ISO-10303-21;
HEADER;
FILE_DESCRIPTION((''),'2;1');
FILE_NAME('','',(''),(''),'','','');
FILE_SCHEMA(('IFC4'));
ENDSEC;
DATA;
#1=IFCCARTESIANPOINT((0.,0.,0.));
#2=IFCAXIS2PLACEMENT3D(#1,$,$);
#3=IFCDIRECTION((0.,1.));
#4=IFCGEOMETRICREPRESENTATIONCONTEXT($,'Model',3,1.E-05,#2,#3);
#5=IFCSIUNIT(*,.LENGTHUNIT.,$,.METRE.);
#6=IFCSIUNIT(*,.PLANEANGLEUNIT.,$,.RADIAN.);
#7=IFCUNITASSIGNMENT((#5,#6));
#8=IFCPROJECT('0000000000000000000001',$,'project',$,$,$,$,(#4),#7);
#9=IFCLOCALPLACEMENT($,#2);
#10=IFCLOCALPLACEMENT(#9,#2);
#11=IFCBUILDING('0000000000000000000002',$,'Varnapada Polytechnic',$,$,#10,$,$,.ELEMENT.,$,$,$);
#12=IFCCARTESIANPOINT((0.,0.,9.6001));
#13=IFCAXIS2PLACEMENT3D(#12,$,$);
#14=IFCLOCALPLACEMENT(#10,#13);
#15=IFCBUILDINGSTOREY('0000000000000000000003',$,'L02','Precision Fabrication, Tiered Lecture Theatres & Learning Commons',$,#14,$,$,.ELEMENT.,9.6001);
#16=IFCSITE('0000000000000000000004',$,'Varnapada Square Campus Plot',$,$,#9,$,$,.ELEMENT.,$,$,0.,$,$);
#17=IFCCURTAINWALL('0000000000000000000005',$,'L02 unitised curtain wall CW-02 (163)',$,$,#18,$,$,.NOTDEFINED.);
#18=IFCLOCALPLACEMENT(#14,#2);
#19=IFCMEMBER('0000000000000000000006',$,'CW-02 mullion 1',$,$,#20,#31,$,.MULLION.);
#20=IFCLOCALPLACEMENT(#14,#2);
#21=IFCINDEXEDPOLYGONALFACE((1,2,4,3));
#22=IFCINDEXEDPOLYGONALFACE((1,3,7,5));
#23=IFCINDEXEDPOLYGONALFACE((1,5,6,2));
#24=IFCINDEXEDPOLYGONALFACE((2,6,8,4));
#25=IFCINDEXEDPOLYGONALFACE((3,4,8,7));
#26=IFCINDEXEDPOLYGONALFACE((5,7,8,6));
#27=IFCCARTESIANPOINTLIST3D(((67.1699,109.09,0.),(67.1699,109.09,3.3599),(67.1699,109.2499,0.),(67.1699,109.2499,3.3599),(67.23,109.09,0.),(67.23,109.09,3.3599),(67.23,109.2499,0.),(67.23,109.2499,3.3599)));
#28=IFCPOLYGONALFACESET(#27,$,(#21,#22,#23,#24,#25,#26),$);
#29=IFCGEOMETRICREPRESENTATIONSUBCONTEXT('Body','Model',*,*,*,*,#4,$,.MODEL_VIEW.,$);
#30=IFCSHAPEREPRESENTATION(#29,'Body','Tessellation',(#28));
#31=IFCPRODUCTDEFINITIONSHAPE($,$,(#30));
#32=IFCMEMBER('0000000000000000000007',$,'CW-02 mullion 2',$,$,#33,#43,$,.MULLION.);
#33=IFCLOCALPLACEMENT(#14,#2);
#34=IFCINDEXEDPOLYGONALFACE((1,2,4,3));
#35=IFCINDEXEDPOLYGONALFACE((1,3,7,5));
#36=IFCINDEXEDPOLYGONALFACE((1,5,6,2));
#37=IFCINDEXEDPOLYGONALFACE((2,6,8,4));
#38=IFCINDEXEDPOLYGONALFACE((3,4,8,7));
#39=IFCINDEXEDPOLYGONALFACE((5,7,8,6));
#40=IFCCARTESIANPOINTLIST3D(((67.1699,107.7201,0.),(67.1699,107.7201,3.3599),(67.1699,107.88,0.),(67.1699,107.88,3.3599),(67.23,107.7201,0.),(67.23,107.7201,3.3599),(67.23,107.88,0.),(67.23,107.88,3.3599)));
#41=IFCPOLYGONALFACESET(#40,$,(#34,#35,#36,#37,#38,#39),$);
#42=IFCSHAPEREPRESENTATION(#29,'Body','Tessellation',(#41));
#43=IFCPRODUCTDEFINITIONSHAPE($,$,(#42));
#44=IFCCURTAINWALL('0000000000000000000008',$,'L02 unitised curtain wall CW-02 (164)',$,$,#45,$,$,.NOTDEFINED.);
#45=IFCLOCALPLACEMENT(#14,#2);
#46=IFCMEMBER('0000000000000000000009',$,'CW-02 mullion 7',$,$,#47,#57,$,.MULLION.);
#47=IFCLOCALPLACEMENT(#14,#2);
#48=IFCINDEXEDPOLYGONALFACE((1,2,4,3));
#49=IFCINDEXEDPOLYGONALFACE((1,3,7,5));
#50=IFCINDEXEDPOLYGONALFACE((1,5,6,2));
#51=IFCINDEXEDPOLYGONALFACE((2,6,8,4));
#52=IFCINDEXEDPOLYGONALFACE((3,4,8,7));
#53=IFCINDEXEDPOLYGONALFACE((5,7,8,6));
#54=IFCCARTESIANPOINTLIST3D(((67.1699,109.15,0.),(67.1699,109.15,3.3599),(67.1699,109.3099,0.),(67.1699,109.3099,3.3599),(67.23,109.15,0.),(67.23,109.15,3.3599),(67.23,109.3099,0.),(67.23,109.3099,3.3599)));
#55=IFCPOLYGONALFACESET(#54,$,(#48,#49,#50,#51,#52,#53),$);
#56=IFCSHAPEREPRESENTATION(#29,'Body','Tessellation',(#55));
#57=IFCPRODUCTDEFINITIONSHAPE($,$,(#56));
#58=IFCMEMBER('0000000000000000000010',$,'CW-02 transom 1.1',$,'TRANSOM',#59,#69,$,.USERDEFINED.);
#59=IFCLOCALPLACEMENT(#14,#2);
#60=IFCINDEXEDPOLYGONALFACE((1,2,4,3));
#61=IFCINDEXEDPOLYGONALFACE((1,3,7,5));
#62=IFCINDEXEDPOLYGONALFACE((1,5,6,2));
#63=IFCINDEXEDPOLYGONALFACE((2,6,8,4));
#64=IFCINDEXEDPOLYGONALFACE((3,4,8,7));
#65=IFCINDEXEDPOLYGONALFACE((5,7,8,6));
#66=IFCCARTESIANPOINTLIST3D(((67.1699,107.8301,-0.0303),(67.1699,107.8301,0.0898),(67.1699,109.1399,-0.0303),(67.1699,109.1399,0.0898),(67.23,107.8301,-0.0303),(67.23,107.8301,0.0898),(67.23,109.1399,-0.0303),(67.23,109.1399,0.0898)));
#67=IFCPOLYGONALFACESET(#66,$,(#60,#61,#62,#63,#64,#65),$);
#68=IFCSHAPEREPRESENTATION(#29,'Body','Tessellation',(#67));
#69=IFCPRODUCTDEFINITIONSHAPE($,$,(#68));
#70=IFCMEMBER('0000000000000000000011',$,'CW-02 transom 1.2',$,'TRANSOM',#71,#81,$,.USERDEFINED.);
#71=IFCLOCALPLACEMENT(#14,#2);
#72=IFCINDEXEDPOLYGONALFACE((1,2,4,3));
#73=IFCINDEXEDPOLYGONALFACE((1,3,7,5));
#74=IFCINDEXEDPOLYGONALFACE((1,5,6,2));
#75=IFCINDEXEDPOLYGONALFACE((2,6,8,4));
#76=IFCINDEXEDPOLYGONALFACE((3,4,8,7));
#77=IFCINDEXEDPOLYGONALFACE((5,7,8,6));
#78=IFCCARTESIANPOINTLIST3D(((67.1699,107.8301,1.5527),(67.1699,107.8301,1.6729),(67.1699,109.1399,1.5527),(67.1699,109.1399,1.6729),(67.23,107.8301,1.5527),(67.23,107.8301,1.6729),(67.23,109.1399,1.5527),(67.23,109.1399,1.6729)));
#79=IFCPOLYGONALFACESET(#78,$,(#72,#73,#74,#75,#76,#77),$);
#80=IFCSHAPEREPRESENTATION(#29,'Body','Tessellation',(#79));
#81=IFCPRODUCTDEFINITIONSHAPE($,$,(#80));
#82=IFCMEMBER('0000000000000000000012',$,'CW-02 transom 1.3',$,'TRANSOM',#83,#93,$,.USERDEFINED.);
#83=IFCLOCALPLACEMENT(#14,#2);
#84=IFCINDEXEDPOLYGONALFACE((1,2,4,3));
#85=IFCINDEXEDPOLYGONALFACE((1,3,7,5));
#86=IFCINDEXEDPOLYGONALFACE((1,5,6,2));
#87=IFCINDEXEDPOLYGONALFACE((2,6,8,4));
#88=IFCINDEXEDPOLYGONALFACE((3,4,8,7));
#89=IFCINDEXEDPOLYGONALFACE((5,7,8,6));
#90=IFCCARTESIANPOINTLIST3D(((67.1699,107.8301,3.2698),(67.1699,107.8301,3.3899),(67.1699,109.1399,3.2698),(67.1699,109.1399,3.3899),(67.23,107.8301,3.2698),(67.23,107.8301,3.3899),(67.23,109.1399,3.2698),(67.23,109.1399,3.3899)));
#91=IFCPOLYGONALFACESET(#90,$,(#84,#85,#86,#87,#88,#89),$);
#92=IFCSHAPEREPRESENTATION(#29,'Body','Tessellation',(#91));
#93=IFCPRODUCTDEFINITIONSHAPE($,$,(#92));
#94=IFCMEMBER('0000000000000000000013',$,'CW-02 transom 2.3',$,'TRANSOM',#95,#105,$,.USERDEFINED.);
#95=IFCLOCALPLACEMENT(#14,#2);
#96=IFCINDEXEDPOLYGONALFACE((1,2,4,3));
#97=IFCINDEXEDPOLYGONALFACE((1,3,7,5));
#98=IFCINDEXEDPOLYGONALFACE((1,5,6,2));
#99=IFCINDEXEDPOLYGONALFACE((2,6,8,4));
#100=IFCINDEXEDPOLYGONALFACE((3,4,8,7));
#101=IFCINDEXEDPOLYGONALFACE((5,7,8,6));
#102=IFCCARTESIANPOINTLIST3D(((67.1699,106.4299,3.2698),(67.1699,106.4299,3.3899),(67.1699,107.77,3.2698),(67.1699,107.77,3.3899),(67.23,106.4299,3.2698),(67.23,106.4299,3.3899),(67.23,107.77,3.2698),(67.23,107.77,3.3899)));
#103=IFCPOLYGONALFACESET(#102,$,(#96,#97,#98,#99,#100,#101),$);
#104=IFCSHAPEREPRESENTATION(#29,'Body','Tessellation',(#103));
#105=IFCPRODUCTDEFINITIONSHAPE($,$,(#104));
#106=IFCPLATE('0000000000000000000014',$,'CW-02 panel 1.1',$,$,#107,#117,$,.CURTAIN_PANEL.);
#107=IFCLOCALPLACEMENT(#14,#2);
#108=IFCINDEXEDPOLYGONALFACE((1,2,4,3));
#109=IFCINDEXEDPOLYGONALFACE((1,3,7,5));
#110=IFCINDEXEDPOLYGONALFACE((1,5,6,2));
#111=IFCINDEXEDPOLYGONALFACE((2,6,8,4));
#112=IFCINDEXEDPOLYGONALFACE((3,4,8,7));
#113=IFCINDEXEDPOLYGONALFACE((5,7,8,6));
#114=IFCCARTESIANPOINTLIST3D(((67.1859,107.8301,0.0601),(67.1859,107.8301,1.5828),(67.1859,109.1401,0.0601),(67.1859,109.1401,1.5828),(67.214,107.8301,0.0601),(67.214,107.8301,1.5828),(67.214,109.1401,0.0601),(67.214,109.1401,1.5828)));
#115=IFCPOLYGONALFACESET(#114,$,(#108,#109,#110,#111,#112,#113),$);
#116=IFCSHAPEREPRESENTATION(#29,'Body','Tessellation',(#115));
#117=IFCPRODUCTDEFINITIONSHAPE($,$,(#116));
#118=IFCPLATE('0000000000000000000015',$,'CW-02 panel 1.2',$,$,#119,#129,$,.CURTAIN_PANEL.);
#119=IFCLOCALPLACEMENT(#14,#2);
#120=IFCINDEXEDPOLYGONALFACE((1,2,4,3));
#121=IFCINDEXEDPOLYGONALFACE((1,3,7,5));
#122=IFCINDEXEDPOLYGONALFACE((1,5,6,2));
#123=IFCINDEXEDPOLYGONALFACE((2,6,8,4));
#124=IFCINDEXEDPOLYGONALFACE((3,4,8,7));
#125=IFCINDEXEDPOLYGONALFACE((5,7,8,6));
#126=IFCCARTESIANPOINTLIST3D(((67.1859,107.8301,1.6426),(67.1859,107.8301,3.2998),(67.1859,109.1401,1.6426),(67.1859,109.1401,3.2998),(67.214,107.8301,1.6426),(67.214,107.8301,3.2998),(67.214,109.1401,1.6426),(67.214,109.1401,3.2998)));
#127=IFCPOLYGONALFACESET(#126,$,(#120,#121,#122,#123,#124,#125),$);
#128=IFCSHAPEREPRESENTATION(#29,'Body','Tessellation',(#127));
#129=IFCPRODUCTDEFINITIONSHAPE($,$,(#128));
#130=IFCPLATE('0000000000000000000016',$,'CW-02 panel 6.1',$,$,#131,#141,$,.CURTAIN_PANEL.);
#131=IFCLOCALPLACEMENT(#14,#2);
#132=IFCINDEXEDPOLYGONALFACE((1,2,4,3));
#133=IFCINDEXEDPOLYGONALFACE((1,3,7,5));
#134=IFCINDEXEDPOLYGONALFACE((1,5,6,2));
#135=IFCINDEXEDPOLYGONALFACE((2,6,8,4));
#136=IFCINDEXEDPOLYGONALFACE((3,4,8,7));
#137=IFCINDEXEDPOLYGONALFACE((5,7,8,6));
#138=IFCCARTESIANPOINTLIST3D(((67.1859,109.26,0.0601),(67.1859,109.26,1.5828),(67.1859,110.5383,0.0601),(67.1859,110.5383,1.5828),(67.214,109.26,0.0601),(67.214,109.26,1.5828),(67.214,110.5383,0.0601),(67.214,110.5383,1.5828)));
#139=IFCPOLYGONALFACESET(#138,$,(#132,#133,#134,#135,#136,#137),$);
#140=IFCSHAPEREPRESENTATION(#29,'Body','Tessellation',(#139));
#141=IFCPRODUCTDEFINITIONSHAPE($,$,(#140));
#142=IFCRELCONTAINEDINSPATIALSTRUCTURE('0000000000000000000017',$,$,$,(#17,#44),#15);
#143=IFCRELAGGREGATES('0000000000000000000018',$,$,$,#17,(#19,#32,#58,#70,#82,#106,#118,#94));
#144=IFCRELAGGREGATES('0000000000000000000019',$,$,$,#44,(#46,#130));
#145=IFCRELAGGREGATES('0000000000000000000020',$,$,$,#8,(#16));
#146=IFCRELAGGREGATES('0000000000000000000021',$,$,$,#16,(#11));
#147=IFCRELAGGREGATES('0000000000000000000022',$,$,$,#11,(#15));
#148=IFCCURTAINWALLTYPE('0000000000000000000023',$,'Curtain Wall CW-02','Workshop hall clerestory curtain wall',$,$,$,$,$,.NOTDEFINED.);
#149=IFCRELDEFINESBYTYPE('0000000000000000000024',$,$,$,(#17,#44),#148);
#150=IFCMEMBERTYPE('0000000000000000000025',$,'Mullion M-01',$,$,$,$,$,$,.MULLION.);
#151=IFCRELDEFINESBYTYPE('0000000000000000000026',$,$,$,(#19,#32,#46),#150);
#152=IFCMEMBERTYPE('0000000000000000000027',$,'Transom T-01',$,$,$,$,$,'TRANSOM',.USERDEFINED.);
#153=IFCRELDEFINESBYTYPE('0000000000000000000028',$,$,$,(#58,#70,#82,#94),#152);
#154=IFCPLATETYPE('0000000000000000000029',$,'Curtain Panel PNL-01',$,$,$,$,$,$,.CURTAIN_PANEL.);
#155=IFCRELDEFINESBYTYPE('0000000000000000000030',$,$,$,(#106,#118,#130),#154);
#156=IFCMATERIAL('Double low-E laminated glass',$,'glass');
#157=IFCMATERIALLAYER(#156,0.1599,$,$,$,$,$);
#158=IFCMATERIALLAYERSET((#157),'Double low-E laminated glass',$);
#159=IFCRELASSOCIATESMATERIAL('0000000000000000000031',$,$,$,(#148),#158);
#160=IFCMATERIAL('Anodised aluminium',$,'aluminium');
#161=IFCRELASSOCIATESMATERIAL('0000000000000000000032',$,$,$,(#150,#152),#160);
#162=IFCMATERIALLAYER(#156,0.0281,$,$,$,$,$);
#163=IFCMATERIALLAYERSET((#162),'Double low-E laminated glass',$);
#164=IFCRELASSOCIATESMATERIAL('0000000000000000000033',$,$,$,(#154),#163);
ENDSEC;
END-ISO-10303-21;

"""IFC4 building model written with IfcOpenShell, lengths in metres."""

from ifc_helpers import new_model, si_unit, direction, frame, origin, origin_2d, place, context, subcontext, project, spatial, rectangle, extrude, material, layer, layer_set, material_profile, profile_set, type_object, element, aggregate, save


model = new_model("IFC4")

# Units and contexts
model_context = context("Model", 3, precision=1e-05, world=origin(), true_north=direction((0.0, 1.0)))
body_context = subcontext(model_context, "Body", "Model", "MODEL_VIEW")
ifc_project = project(units=[si_unit("LENGTHUNIT", "METRE"), si_unit("PLANEANGLEUNIT", "RADIAN")], contexts=[model_context])

# Site, building, storey
site_placement = place(None, origin())
site = spatial("IfcSite", under=ifc_project, at=site_placement, Name="Varnapada Square Campus Plot", CompositionType="ELEMENT", RefElevation=0.0)
building_placement = place(site_placement, origin())
building = spatial("IfcBuilding", under=site, at=building_placement, Name="Varnapada Polytechnic", CompositionType="ELEMENT")
storey_placement = place(building_placement, frame((0.0, 0.0, 9.6001)))
storey = spatial("IfcBuildingStorey", under=building, at=storey_placement, Name="L02", Description="Precision Fabrication, Tiered Lecture Theatres & Learning Commons", CompositionType="ELEMENT", Elevation=9.6001)

# Curtain wall, members
ifc_material_1 = material(Name="Double low-E laminated glass", Category="glass")
ifc_layer_1 = layer(ifc_material_1, 0.1599)
ifc_layer_set_1 = layer_set([ifc_layer_1], Name="Double low-E laminated glass")
curtain_wall_type = type_object("IfcCurtainWallType", Name="Curtain Wall CW-02", Description="Workshop hall clerestory curtain wall", PredefinedType="NOTDEFINED", material=ifc_layer_set_1)
curtain_wall_1_placement = place(storey_placement, origin())
curtain_wall_1 = element("IfcCurtainWall", 1, at=curtain_wall_1_placement, inside=storey, type_object=curtain_wall_type, Name="L02 unitised curtain wall CW-02 (163)", PredefinedType="NOTDEFINED")
ifc_material_2 = material(Name="Anodised aluminium", Category="aluminium")
ifc_material_profile_1 = material_profile(ifc_material_2, rectangle(XDim=0.0601, YDim=0.1599, at=origin_2d()), Name="ALU M60x160")
ifc_profile_set_1 = profile_set([ifc_material_profile_1], Name="Anodised aluminium")
member_type_1 = type_object("IfcMemberType", Name="Mullion M-01", PredefinedType="MULLION", material=ifc_profile_set_1)
member_1_placement = place(storey_placement, frame((67.2, 109.1699, 0.0), z_axis=(0.0, 0.0, 1.0), x_axis=(1.0, 0.0, 0.0)))
member_1 = element("IfcMember", 2, at=member_1_placement, type_object=member_type_1, Name="CW-02 mullion 1", PredefinedType="MULLION", context=body_context, shape_type="SweptSolid", body=[
    extrude(rectangle(XDim=0.0601, YDim=0.1599, at=origin_2d()), origin(), (0.0, 0.0, 1.0), 3.3599),
])
member_2_placement = place(storey_placement, frame((67.2, 107.8, 0.0), z_axis=(0.0, 0.0, 1.0), x_axis=(1.0, 0.0, 0.0)))
member_2 = element("IfcMember", 3, at=member_2_placement, type_object=member_type_1, Name="CW-02 mullion 2", PredefinedType="MULLION", context=body_context, shape_type="SweptSolid", body=[
    extrude(rectangle(XDim=0.0601, YDim=0.1599, at=origin_2d()), origin(), (0.0, 0.0, 1.0), 3.3599),
])

# Curtain wall, member
curtain_wall_2_placement = place(storey_placement, origin())
curtain_wall_2 = element("IfcCurtainWall", 4, at=curtain_wall_2_placement, inside=storey, type_object=curtain_wall_type, Name="L02 unitised curtain wall CW-02 (164)", PredefinedType="NOTDEFINED")
member_3_placement = place(storey_placement, frame((67.2, 109.23, 0.0), z_axis=(0.0, 0.0, 1.0), x_axis=(1.0, 0.0, 0.0)))
member_3 = element("IfcMember", 5, at=member_3_placement, type_object=member_type_1, Name="CW-02 mullion 7", PredefinedType="MULLION", context=body_context, shape_type="SweptSolid", body=[
    extrude(rectangle(XDim=0.0601, YDim=0.1599, at=origin_2d()), origin(), (0.0, 0.0, 1.0), 3.3599),
])

# Members
ifc_material_profile_2 = material_profile(ifc_material_2, rectangle(XDim=0.0601, YDim=0.1201, at=origin_2d()), Name="ALU T60x120")
ifc_profile_set_2 = profile_set([ifc_material_profile_2], Name="Anodised aluminium")
member_type_2 = type_object("IfcMemberType", Name="Transom T-01", ElementType="TRANSOM", PredefinedType="USERDEFINED", material=ifc_profile_set_2)
member_4_placement = place(storey_placement, frame((67.2, 109.1399, 0.0298), z_axis=(0.0, -1.0, 0.0), x_axis=(1.0, 0.0, 0.0)))
member_4 = element("IfcMember", 6, at=member_4_placement, type_object=member_type_2, Name="CW-02 transom 1.1", ObjectType="TRANSOM", PredefinedType="USERDEFINED", context=body_context, shape_type="SweptSolid", body=[
    extrude(rectangle(XDim=0.0601, YDim=0.1201, at=origin_2d()), origin(), (0.0, 0.0, 1.0), 1.3098),
])
member_5_placement = place(storey_placement, frame((67.2, 109.1399, 1.6128), z_axis=(0.0, -1.0, 0.0), x_axis=(1.0, 0.0, 0.0)))
member_5 = element("IfcMember", 7, at=member_5_placement, type_object=member_type_2, Name="CW-02 transom 1.2", ObjectType="TRANSOM", PredefinedType="USERDEFINED", context=body_context, shape_type="SweptSolid", body=[
    extrude(rectangle(XDim=0.0601, YDim=0.1201, at=origin_2d()), origin(), (0.0, 0.0, 1.0), 1.3098),
])
member_6_placement = place(storey_placement, frame((67.2, 109.1399, 3.3298), z_axis=(0.0, -1.0, 0.0), x_axis=(1.0, 0.0, 0.0)))
member_6 = element("IfcMember", 8, at=member_6_placement, type_object=member_type_2, Name="CW-02 transom 1.3", ObjectType="TRANSOM", PredefinedType="USERDEFINED", context=body_context, shape_type="SweptSolid", body=[
    extrude(rectangle(XDim=0.0601, YDim=0.1201, at=origin_2d()), origin(), (0.0, 0.0, 1.0), 1.3098),
])
member_7_placement = place(storey_placement, frame((67.2, 107.77, 3.3298), z_axis=(0.0, -1.0, 0.0), x_axis=(1.0, 0.0, 0.0)))
member_7 = element("IfcMember", 9, at=member_7_placement, type_object=member_type_2, Name="CW-02 transom 2.3", ObjectType="TRANSOM", PredefinedType="USERDEFINED", context=body_context, shape_type="SweptSolid", body=[
    extrude(rectangle(XDim=0.0601, YDim=0.1201, at=origin_2d()), origin(), (0.0, 0.0, 1.0), 1.3401),
])

# Plates
ifc_layer_2 = layer(ifc_material_1, 0.0281)
ifc_layer_set_2 = layer_set([ifc_layer_2], Name="Double low-E laminated glass")
plate_type = type_object("IfcPlateType", Name="Curtain Panel PNL-01", PredefinedType="CURTAIN_PANEL", material=ifc_layer_set_2)
plate_1_placement = place(storey_placement, frame((67.2, 108.4851, 0.0601), z_axis=(0.0, 0.0, 1.0), x_axis=(0.0, -1.0, 0.0)))
plate_1 = element("IfcPlate", 10, at=plate_1_placement, type_object=plate_type, Name="CW-02 panel 1.1", PredefinedType="CURTAIN_PANEL", context=body_context, shape_type="SweptSolid", body=[
    extrude(rectangle(XDim=1.3101, YDim=0.0281, at=origin_2d()), origin(), (0.0, 0.0, 1.0), 1.5227),
])
plate_2_placement = place(storey_placement, frame((67.2, 108.4851, 1.6426), z_axis=(0.0, 0.0, 1.0), x_axis=(0.0, -1.0, 0.0)))
plate_2 = element("IfcPlate", 11, at=plate_2_placement, type_object=plate_type, Name="CW-02 panel 1.2", PredefinedType="CURTAIN_PANEL", context=body_context, shape_type="SweptSolid", body=[
    extrude(rectangle(XDim=1.3101, YDim=0.0281, at=origin_2d()), origin(), (0.0, 0.0, 1.0), 1.6572),
])
aggregate(curtain_wall_1, [member_1, member_2, member_4, member_5, member_6, plate_1, plate_2, member_7])
plate_3_placement = place(storey_placement, frame((67.2, 109.8992, 0.0601), z_axis=(0.0, 0.0, 1.0), x_axis=(0.0, -1.0, 0.0)))
plate_3 = element("IfcPlate", 12, at=plate_3_placement, type_object=plate_type, Name="CW-02 panel 6.1", PredefinedType="CURTAIN_PANEL", context=body_context, shape_type="SweptSolid", body=[
    extrude(rectangle(XDim=1.2783, YDim=0.0281, at=origin_2d()), origin(), (0.0, 0.0, 1.0), 1.5227),
])
aggregate(curtain_wall_2, [member_3, plate_3])

save(model, "model.ifc")
